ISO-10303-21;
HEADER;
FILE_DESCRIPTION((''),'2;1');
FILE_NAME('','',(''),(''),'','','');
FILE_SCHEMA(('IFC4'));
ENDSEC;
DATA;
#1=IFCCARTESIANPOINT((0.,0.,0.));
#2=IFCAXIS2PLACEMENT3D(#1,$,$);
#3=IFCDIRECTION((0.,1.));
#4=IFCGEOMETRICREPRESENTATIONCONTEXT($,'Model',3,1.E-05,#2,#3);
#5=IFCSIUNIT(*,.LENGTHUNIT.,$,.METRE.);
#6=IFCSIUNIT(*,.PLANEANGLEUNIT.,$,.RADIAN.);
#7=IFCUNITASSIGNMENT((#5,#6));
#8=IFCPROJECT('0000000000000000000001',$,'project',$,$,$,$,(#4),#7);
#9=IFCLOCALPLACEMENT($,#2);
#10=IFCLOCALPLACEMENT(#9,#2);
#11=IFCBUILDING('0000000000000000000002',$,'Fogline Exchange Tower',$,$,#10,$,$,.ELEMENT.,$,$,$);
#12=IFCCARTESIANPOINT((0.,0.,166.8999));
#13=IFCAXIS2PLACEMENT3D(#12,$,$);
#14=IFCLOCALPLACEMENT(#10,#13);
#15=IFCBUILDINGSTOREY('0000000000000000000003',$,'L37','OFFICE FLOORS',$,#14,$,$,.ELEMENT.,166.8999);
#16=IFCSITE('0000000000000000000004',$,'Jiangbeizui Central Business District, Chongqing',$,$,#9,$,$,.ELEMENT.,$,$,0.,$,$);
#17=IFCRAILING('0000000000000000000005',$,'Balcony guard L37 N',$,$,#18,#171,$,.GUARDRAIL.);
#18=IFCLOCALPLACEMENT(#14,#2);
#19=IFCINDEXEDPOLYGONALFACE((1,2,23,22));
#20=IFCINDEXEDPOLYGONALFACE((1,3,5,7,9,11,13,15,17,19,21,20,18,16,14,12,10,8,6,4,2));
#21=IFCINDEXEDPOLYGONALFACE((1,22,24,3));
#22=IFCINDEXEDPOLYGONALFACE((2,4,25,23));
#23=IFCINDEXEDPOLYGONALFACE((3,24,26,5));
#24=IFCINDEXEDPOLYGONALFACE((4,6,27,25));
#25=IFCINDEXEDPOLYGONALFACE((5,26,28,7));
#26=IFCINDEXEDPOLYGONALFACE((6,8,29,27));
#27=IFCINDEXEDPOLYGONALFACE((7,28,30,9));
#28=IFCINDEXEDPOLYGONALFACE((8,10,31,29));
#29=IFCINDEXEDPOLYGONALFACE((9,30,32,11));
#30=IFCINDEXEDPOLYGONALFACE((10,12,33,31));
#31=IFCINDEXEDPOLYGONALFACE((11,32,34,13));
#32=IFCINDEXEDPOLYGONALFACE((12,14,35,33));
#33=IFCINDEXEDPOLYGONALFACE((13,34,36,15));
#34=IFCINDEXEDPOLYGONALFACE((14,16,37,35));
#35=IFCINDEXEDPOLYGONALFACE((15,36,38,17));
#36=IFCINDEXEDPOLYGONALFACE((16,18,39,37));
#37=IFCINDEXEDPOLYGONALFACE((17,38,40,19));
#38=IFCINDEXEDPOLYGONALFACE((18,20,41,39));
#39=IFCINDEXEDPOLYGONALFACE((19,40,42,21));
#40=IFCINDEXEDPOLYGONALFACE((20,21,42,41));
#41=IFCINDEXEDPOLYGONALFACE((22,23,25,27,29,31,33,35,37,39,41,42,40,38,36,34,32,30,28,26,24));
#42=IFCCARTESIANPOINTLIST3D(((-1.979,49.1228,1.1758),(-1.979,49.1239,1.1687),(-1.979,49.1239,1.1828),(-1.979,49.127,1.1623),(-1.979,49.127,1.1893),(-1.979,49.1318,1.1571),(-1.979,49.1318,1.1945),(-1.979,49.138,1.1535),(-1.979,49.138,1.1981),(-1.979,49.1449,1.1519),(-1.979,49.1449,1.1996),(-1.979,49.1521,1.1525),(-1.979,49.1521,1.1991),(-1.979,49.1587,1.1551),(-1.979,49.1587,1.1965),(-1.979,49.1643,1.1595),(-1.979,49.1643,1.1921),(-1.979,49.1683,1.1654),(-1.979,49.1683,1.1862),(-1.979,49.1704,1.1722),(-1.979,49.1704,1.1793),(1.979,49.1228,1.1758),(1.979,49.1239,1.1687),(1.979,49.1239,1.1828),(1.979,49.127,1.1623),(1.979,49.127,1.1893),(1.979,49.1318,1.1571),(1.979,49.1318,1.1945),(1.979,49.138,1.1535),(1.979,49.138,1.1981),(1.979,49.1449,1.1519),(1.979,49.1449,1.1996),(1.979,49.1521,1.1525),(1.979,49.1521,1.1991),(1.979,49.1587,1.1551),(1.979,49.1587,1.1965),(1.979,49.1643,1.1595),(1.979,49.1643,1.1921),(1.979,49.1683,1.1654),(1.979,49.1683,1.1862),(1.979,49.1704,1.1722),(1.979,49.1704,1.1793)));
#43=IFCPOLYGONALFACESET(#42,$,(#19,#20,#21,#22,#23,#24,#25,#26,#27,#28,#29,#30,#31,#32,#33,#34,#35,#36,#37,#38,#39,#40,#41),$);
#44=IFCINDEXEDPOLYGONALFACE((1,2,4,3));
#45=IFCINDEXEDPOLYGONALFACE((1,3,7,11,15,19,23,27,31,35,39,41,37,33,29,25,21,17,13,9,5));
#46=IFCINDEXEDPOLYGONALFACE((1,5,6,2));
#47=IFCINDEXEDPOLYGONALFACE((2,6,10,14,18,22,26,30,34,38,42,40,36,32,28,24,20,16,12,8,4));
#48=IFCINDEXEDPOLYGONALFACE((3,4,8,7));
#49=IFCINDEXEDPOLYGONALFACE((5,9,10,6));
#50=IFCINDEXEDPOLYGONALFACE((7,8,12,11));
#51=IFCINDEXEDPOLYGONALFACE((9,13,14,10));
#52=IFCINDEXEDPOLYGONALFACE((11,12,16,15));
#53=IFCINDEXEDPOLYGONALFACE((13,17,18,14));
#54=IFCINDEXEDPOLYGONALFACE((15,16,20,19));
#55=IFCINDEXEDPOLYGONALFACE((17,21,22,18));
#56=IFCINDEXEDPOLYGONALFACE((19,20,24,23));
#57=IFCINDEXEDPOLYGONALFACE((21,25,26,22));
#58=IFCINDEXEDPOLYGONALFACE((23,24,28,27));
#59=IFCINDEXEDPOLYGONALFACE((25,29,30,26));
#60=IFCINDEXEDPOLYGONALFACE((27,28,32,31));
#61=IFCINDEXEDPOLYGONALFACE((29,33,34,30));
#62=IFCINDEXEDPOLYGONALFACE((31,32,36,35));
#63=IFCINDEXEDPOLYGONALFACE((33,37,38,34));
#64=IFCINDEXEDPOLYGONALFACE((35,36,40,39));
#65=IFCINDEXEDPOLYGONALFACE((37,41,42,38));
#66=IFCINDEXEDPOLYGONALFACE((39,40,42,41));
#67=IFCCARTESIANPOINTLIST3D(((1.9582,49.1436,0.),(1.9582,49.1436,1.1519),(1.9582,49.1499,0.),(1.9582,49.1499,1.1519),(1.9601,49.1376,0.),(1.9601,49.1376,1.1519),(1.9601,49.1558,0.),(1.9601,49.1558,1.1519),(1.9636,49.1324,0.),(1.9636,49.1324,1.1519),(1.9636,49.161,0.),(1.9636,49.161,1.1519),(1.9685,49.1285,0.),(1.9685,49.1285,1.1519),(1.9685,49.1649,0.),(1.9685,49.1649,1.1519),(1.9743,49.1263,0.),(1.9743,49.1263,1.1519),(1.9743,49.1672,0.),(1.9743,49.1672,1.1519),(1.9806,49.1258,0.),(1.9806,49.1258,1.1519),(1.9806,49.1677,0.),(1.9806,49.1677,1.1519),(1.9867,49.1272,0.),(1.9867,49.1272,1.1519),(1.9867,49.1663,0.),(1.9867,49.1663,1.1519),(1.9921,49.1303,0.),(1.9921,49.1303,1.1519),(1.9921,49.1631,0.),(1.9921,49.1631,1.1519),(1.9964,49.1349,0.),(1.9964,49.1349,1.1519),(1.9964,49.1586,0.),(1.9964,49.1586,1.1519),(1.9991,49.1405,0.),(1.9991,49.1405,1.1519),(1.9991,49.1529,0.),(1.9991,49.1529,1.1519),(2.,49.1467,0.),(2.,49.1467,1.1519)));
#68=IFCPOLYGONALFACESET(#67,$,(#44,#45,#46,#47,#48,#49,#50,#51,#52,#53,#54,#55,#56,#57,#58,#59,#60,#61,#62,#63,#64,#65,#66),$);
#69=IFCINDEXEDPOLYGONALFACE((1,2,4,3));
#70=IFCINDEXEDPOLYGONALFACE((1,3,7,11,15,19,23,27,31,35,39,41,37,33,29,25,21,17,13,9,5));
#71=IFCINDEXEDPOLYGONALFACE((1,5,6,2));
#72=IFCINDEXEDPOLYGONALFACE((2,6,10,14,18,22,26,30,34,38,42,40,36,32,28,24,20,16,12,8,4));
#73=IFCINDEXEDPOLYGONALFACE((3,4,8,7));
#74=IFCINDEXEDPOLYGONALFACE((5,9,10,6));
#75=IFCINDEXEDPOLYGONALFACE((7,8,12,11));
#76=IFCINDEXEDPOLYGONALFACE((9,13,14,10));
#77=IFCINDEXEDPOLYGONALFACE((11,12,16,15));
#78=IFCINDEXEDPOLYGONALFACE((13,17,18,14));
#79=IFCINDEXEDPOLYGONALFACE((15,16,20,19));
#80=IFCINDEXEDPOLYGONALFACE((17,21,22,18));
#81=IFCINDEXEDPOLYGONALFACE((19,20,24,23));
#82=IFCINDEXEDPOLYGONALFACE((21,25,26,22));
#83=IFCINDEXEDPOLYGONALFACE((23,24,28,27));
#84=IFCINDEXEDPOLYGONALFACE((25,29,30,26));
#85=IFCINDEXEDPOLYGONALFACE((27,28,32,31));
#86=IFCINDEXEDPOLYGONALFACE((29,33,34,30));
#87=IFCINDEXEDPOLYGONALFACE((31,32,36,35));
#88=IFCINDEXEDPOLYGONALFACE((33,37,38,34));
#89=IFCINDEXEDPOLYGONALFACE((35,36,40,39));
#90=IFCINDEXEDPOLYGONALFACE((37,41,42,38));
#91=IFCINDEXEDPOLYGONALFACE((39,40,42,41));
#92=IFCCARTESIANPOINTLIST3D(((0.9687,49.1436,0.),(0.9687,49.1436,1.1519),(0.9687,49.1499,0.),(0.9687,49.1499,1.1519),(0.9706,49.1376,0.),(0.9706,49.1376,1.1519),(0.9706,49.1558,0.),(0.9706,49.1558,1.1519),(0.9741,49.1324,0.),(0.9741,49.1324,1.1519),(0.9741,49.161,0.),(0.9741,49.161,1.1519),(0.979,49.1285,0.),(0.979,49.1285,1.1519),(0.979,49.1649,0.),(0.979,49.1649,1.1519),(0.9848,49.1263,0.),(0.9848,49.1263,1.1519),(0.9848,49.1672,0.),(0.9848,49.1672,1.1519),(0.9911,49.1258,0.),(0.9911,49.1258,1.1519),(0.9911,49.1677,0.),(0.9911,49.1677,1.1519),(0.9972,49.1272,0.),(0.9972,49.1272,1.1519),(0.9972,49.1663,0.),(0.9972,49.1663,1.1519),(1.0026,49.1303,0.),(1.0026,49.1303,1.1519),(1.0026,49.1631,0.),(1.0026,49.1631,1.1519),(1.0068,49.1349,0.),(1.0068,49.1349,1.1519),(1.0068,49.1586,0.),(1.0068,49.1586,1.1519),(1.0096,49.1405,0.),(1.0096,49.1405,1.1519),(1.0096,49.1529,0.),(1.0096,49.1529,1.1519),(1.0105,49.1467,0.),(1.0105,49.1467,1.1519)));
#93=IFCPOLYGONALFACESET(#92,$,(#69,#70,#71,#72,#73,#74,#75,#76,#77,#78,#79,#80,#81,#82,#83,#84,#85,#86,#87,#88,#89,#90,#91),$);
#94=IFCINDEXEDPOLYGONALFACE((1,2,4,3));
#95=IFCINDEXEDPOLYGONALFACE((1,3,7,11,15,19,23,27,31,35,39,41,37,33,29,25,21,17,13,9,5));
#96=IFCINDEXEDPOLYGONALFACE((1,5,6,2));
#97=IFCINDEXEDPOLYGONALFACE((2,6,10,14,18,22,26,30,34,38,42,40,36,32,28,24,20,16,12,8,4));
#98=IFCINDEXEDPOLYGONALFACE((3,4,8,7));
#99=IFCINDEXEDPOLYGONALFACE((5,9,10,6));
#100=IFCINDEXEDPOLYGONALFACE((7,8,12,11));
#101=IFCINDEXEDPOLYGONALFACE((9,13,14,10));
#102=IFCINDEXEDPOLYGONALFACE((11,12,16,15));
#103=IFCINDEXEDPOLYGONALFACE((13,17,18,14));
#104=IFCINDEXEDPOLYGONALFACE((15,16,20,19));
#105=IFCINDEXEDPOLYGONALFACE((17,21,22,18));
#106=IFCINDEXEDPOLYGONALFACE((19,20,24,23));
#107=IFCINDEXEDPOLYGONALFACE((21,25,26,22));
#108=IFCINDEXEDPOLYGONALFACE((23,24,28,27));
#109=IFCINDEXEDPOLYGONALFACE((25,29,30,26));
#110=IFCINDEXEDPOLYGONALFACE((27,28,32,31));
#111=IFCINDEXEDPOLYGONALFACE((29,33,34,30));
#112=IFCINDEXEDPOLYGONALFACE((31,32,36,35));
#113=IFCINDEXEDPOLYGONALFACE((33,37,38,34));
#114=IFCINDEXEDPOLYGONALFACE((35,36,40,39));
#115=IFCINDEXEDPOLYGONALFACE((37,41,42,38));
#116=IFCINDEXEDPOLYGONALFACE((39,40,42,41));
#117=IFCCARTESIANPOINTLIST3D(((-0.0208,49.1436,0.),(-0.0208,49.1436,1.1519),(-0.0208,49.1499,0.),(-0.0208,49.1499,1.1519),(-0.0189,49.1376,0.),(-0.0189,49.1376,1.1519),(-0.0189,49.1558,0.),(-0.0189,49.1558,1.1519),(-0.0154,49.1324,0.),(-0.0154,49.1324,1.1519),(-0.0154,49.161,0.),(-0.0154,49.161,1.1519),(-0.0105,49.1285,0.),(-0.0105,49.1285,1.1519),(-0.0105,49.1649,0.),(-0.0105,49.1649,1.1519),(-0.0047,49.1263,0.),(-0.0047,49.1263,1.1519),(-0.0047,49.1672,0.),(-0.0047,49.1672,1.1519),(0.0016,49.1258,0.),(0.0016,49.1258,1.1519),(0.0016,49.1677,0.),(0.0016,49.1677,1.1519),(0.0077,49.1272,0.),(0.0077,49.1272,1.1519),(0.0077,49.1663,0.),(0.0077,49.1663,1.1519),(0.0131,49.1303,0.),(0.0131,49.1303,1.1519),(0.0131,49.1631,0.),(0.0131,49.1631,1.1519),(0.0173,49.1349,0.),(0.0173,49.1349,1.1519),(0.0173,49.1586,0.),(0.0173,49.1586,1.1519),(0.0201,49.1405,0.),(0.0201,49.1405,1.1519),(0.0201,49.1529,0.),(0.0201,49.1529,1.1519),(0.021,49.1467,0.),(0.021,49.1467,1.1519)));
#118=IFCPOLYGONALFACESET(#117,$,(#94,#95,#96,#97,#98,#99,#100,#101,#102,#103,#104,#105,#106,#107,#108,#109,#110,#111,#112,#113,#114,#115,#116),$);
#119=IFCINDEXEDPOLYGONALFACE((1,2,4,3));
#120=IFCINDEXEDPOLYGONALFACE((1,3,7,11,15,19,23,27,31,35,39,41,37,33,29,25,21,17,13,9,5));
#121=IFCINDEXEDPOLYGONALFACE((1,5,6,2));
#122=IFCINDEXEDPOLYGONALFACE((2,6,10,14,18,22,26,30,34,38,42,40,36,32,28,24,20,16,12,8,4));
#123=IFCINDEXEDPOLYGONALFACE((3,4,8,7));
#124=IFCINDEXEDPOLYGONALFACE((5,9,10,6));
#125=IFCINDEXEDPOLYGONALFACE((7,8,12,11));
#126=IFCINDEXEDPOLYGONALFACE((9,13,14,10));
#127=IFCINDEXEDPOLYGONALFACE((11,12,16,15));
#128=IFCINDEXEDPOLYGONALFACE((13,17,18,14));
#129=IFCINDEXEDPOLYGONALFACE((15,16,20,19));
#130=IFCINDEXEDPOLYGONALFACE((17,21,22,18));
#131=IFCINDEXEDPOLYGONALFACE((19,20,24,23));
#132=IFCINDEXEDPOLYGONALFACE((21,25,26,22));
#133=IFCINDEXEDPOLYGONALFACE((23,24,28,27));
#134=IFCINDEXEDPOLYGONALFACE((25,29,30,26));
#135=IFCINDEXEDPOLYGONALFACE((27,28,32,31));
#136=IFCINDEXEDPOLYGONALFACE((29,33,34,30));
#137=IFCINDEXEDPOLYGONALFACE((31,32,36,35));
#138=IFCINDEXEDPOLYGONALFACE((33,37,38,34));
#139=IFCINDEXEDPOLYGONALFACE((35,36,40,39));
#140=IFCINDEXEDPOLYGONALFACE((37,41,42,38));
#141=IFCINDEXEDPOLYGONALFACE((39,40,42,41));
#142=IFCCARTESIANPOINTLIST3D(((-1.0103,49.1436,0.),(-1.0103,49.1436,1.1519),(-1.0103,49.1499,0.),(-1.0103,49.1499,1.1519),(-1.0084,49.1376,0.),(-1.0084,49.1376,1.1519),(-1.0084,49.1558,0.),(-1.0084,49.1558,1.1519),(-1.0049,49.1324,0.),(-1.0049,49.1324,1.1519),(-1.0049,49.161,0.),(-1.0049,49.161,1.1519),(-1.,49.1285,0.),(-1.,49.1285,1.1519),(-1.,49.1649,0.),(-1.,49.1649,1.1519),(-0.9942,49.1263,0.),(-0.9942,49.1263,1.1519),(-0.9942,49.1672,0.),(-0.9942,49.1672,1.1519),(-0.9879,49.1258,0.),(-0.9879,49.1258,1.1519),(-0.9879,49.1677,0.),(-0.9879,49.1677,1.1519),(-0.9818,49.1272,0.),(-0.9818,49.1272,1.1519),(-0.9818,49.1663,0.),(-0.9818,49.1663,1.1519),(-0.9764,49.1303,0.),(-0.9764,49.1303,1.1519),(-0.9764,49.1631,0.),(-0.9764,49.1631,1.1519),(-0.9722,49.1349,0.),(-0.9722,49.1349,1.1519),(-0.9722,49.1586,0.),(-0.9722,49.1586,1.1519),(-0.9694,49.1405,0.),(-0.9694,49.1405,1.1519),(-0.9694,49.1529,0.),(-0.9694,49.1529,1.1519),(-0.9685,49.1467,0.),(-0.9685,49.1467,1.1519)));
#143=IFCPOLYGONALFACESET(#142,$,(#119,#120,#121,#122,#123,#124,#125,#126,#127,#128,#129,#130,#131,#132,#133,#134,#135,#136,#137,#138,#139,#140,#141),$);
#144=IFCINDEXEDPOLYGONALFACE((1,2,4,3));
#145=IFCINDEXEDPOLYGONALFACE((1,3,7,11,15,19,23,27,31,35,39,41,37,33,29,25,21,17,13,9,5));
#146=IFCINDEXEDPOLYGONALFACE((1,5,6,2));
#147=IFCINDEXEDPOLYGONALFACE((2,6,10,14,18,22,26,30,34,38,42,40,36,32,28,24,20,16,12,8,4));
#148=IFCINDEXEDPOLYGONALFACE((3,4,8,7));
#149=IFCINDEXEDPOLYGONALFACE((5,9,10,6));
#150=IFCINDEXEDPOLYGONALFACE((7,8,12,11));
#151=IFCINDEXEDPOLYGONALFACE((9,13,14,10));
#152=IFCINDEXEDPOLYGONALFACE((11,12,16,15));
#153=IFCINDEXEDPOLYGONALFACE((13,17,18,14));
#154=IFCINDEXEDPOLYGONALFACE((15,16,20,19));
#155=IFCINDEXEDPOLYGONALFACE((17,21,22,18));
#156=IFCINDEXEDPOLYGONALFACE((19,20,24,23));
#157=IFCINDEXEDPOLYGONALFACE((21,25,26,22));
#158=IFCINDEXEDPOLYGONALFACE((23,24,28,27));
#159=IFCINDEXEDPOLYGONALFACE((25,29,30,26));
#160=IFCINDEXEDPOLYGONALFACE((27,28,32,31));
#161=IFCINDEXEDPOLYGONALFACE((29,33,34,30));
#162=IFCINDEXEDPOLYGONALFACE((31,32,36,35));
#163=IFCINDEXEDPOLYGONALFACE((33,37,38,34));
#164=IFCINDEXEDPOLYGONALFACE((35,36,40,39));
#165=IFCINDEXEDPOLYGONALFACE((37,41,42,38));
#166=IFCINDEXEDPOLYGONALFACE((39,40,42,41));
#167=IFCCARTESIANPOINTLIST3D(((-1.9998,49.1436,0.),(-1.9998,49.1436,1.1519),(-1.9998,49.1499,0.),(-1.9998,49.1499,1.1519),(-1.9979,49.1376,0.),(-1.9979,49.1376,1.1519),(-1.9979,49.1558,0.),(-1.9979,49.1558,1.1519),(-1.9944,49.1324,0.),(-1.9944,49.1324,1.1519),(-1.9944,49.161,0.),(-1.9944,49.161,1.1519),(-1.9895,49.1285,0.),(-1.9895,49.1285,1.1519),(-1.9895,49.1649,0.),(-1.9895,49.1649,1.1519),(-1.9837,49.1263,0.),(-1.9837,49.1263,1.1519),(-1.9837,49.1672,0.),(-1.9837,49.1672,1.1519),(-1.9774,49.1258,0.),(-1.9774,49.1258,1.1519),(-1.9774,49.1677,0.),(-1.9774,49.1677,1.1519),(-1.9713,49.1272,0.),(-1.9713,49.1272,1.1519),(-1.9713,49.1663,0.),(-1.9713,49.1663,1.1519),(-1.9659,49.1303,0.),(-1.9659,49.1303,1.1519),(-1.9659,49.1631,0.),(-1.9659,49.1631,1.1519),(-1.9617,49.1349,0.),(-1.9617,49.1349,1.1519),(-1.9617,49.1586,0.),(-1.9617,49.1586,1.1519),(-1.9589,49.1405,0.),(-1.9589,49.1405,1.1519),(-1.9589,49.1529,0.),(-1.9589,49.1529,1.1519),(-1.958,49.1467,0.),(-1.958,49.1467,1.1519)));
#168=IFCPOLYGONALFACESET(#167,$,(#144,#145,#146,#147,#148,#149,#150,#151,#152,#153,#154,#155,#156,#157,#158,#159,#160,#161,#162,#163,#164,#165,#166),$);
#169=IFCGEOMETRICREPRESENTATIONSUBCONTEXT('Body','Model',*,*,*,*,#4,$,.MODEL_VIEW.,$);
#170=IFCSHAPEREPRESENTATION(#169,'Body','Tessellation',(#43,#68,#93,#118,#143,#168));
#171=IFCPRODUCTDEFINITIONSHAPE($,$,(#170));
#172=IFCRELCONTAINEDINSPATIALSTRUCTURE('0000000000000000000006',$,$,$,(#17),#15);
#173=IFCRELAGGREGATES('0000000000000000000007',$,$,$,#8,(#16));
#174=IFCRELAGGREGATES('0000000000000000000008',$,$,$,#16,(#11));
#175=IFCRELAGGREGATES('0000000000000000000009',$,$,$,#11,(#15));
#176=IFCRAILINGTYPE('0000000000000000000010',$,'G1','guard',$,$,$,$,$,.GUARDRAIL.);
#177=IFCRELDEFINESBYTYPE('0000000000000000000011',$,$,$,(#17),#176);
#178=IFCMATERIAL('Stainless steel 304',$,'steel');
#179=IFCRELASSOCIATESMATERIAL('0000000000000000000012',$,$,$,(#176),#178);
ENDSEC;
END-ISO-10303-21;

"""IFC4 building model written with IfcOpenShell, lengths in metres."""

from ifc_helpers import new_model, si_unit, direction, frame, origin, origin_2d, place, context, subcontext, project, spatial, circle, extrude, material, type_object, element, save


model = new_model("IFC4")

# Units and contexts
model_context = context("Model", 3, precision=1e-05, world=origin(), true_north=direction((0.0, 1.0)))
body_context = subcontext(model_context, "Body", "Model", "MODEL_VIEW")
ifc_project = project(units=[si_unit("LENGTHUNIT", "METRE"), si_unit("PLANEANGLEUNIT", "RADIAN")], contexts=[model_context])

# Site, building, storey
site_placement = place(None, origin())
site = spatial("IfcSite", under=ifc_project, at=site_placement, Name="Jiangbeizui Central Business District, Chongqing", CompositionType="ELEMENT", RefElevation=0.0)
building_placement = place(site_placement, origin())
building = spatial("IfcBuilding", under=site, at=building_placement, Name="Fogline Exchange Tower", CompositionType="ELEMENT")
storey_placement = place(building_placement, frame((0.0, 0.0, 166.8999)))
storey = spatial("IfcBuildingStorey", under=building, at=storey_placement, Name="L37", Description="OFFICE FLOORS", CompositionType="ELEMENT", Elevation=166.8999)

# Railing
ifc_material_1 = material(Name="Stainless steel 304", Category="steel")
railing_type = type_object("IfcRailingType", Name="G1", Description="guard", PredefinedType="GUARDRAIL", material=ifc_material_1)
railing_placement = place(storey_placement, frame((1.979, 49.1467, 0.0)))
element("IfcRailing", 1, at=railing_placement, inside=storey, type_object=railing_type, Name="Balcony guard L37 N", PredefinedType="GUARDRAIL", context=body_context, shape_type="SweptSolid", body=[
    extrude(circle(Radius=0.0239, at=origin_2d()), frame((0.0, 0.0, 1.1758), z_axis=(-1.0, 0.0, 0.0), x_axis=(0.0, -1.0, 0.0)), (0.0, 0.0, 1.0), 3.958),
    extrude(circle(Radius=0.021, at=origin_2d()), origin(), (0.0, 0.0, 1.0), 1.1519),
    extrude(circle(Radius=0.021, at=origin_2d()), frame((-0.9895, 0.0, 0.0)), (0.0, 0.0, 1.0), 1.1519),
    extrude(circle(Radius=0.021, at=origin_2d()), frame((-1.979, 0.0, 0.0)), (0.0, 0.0, 1.0), 1.1519),
    extrude(circle(Radius=0.021, at=origin_2d()), frame((-2.9685, 0.0, 0.0)), (0.0, 0.0, 1.0), 1.1519),
    extrude(circle(Radius=0.021, at=origin_2d()), frame((-3.958, 0.0, 0.0)), (0.0, 0.0, 1.0), 1.1519),
])

save(model, "model.ifc")
